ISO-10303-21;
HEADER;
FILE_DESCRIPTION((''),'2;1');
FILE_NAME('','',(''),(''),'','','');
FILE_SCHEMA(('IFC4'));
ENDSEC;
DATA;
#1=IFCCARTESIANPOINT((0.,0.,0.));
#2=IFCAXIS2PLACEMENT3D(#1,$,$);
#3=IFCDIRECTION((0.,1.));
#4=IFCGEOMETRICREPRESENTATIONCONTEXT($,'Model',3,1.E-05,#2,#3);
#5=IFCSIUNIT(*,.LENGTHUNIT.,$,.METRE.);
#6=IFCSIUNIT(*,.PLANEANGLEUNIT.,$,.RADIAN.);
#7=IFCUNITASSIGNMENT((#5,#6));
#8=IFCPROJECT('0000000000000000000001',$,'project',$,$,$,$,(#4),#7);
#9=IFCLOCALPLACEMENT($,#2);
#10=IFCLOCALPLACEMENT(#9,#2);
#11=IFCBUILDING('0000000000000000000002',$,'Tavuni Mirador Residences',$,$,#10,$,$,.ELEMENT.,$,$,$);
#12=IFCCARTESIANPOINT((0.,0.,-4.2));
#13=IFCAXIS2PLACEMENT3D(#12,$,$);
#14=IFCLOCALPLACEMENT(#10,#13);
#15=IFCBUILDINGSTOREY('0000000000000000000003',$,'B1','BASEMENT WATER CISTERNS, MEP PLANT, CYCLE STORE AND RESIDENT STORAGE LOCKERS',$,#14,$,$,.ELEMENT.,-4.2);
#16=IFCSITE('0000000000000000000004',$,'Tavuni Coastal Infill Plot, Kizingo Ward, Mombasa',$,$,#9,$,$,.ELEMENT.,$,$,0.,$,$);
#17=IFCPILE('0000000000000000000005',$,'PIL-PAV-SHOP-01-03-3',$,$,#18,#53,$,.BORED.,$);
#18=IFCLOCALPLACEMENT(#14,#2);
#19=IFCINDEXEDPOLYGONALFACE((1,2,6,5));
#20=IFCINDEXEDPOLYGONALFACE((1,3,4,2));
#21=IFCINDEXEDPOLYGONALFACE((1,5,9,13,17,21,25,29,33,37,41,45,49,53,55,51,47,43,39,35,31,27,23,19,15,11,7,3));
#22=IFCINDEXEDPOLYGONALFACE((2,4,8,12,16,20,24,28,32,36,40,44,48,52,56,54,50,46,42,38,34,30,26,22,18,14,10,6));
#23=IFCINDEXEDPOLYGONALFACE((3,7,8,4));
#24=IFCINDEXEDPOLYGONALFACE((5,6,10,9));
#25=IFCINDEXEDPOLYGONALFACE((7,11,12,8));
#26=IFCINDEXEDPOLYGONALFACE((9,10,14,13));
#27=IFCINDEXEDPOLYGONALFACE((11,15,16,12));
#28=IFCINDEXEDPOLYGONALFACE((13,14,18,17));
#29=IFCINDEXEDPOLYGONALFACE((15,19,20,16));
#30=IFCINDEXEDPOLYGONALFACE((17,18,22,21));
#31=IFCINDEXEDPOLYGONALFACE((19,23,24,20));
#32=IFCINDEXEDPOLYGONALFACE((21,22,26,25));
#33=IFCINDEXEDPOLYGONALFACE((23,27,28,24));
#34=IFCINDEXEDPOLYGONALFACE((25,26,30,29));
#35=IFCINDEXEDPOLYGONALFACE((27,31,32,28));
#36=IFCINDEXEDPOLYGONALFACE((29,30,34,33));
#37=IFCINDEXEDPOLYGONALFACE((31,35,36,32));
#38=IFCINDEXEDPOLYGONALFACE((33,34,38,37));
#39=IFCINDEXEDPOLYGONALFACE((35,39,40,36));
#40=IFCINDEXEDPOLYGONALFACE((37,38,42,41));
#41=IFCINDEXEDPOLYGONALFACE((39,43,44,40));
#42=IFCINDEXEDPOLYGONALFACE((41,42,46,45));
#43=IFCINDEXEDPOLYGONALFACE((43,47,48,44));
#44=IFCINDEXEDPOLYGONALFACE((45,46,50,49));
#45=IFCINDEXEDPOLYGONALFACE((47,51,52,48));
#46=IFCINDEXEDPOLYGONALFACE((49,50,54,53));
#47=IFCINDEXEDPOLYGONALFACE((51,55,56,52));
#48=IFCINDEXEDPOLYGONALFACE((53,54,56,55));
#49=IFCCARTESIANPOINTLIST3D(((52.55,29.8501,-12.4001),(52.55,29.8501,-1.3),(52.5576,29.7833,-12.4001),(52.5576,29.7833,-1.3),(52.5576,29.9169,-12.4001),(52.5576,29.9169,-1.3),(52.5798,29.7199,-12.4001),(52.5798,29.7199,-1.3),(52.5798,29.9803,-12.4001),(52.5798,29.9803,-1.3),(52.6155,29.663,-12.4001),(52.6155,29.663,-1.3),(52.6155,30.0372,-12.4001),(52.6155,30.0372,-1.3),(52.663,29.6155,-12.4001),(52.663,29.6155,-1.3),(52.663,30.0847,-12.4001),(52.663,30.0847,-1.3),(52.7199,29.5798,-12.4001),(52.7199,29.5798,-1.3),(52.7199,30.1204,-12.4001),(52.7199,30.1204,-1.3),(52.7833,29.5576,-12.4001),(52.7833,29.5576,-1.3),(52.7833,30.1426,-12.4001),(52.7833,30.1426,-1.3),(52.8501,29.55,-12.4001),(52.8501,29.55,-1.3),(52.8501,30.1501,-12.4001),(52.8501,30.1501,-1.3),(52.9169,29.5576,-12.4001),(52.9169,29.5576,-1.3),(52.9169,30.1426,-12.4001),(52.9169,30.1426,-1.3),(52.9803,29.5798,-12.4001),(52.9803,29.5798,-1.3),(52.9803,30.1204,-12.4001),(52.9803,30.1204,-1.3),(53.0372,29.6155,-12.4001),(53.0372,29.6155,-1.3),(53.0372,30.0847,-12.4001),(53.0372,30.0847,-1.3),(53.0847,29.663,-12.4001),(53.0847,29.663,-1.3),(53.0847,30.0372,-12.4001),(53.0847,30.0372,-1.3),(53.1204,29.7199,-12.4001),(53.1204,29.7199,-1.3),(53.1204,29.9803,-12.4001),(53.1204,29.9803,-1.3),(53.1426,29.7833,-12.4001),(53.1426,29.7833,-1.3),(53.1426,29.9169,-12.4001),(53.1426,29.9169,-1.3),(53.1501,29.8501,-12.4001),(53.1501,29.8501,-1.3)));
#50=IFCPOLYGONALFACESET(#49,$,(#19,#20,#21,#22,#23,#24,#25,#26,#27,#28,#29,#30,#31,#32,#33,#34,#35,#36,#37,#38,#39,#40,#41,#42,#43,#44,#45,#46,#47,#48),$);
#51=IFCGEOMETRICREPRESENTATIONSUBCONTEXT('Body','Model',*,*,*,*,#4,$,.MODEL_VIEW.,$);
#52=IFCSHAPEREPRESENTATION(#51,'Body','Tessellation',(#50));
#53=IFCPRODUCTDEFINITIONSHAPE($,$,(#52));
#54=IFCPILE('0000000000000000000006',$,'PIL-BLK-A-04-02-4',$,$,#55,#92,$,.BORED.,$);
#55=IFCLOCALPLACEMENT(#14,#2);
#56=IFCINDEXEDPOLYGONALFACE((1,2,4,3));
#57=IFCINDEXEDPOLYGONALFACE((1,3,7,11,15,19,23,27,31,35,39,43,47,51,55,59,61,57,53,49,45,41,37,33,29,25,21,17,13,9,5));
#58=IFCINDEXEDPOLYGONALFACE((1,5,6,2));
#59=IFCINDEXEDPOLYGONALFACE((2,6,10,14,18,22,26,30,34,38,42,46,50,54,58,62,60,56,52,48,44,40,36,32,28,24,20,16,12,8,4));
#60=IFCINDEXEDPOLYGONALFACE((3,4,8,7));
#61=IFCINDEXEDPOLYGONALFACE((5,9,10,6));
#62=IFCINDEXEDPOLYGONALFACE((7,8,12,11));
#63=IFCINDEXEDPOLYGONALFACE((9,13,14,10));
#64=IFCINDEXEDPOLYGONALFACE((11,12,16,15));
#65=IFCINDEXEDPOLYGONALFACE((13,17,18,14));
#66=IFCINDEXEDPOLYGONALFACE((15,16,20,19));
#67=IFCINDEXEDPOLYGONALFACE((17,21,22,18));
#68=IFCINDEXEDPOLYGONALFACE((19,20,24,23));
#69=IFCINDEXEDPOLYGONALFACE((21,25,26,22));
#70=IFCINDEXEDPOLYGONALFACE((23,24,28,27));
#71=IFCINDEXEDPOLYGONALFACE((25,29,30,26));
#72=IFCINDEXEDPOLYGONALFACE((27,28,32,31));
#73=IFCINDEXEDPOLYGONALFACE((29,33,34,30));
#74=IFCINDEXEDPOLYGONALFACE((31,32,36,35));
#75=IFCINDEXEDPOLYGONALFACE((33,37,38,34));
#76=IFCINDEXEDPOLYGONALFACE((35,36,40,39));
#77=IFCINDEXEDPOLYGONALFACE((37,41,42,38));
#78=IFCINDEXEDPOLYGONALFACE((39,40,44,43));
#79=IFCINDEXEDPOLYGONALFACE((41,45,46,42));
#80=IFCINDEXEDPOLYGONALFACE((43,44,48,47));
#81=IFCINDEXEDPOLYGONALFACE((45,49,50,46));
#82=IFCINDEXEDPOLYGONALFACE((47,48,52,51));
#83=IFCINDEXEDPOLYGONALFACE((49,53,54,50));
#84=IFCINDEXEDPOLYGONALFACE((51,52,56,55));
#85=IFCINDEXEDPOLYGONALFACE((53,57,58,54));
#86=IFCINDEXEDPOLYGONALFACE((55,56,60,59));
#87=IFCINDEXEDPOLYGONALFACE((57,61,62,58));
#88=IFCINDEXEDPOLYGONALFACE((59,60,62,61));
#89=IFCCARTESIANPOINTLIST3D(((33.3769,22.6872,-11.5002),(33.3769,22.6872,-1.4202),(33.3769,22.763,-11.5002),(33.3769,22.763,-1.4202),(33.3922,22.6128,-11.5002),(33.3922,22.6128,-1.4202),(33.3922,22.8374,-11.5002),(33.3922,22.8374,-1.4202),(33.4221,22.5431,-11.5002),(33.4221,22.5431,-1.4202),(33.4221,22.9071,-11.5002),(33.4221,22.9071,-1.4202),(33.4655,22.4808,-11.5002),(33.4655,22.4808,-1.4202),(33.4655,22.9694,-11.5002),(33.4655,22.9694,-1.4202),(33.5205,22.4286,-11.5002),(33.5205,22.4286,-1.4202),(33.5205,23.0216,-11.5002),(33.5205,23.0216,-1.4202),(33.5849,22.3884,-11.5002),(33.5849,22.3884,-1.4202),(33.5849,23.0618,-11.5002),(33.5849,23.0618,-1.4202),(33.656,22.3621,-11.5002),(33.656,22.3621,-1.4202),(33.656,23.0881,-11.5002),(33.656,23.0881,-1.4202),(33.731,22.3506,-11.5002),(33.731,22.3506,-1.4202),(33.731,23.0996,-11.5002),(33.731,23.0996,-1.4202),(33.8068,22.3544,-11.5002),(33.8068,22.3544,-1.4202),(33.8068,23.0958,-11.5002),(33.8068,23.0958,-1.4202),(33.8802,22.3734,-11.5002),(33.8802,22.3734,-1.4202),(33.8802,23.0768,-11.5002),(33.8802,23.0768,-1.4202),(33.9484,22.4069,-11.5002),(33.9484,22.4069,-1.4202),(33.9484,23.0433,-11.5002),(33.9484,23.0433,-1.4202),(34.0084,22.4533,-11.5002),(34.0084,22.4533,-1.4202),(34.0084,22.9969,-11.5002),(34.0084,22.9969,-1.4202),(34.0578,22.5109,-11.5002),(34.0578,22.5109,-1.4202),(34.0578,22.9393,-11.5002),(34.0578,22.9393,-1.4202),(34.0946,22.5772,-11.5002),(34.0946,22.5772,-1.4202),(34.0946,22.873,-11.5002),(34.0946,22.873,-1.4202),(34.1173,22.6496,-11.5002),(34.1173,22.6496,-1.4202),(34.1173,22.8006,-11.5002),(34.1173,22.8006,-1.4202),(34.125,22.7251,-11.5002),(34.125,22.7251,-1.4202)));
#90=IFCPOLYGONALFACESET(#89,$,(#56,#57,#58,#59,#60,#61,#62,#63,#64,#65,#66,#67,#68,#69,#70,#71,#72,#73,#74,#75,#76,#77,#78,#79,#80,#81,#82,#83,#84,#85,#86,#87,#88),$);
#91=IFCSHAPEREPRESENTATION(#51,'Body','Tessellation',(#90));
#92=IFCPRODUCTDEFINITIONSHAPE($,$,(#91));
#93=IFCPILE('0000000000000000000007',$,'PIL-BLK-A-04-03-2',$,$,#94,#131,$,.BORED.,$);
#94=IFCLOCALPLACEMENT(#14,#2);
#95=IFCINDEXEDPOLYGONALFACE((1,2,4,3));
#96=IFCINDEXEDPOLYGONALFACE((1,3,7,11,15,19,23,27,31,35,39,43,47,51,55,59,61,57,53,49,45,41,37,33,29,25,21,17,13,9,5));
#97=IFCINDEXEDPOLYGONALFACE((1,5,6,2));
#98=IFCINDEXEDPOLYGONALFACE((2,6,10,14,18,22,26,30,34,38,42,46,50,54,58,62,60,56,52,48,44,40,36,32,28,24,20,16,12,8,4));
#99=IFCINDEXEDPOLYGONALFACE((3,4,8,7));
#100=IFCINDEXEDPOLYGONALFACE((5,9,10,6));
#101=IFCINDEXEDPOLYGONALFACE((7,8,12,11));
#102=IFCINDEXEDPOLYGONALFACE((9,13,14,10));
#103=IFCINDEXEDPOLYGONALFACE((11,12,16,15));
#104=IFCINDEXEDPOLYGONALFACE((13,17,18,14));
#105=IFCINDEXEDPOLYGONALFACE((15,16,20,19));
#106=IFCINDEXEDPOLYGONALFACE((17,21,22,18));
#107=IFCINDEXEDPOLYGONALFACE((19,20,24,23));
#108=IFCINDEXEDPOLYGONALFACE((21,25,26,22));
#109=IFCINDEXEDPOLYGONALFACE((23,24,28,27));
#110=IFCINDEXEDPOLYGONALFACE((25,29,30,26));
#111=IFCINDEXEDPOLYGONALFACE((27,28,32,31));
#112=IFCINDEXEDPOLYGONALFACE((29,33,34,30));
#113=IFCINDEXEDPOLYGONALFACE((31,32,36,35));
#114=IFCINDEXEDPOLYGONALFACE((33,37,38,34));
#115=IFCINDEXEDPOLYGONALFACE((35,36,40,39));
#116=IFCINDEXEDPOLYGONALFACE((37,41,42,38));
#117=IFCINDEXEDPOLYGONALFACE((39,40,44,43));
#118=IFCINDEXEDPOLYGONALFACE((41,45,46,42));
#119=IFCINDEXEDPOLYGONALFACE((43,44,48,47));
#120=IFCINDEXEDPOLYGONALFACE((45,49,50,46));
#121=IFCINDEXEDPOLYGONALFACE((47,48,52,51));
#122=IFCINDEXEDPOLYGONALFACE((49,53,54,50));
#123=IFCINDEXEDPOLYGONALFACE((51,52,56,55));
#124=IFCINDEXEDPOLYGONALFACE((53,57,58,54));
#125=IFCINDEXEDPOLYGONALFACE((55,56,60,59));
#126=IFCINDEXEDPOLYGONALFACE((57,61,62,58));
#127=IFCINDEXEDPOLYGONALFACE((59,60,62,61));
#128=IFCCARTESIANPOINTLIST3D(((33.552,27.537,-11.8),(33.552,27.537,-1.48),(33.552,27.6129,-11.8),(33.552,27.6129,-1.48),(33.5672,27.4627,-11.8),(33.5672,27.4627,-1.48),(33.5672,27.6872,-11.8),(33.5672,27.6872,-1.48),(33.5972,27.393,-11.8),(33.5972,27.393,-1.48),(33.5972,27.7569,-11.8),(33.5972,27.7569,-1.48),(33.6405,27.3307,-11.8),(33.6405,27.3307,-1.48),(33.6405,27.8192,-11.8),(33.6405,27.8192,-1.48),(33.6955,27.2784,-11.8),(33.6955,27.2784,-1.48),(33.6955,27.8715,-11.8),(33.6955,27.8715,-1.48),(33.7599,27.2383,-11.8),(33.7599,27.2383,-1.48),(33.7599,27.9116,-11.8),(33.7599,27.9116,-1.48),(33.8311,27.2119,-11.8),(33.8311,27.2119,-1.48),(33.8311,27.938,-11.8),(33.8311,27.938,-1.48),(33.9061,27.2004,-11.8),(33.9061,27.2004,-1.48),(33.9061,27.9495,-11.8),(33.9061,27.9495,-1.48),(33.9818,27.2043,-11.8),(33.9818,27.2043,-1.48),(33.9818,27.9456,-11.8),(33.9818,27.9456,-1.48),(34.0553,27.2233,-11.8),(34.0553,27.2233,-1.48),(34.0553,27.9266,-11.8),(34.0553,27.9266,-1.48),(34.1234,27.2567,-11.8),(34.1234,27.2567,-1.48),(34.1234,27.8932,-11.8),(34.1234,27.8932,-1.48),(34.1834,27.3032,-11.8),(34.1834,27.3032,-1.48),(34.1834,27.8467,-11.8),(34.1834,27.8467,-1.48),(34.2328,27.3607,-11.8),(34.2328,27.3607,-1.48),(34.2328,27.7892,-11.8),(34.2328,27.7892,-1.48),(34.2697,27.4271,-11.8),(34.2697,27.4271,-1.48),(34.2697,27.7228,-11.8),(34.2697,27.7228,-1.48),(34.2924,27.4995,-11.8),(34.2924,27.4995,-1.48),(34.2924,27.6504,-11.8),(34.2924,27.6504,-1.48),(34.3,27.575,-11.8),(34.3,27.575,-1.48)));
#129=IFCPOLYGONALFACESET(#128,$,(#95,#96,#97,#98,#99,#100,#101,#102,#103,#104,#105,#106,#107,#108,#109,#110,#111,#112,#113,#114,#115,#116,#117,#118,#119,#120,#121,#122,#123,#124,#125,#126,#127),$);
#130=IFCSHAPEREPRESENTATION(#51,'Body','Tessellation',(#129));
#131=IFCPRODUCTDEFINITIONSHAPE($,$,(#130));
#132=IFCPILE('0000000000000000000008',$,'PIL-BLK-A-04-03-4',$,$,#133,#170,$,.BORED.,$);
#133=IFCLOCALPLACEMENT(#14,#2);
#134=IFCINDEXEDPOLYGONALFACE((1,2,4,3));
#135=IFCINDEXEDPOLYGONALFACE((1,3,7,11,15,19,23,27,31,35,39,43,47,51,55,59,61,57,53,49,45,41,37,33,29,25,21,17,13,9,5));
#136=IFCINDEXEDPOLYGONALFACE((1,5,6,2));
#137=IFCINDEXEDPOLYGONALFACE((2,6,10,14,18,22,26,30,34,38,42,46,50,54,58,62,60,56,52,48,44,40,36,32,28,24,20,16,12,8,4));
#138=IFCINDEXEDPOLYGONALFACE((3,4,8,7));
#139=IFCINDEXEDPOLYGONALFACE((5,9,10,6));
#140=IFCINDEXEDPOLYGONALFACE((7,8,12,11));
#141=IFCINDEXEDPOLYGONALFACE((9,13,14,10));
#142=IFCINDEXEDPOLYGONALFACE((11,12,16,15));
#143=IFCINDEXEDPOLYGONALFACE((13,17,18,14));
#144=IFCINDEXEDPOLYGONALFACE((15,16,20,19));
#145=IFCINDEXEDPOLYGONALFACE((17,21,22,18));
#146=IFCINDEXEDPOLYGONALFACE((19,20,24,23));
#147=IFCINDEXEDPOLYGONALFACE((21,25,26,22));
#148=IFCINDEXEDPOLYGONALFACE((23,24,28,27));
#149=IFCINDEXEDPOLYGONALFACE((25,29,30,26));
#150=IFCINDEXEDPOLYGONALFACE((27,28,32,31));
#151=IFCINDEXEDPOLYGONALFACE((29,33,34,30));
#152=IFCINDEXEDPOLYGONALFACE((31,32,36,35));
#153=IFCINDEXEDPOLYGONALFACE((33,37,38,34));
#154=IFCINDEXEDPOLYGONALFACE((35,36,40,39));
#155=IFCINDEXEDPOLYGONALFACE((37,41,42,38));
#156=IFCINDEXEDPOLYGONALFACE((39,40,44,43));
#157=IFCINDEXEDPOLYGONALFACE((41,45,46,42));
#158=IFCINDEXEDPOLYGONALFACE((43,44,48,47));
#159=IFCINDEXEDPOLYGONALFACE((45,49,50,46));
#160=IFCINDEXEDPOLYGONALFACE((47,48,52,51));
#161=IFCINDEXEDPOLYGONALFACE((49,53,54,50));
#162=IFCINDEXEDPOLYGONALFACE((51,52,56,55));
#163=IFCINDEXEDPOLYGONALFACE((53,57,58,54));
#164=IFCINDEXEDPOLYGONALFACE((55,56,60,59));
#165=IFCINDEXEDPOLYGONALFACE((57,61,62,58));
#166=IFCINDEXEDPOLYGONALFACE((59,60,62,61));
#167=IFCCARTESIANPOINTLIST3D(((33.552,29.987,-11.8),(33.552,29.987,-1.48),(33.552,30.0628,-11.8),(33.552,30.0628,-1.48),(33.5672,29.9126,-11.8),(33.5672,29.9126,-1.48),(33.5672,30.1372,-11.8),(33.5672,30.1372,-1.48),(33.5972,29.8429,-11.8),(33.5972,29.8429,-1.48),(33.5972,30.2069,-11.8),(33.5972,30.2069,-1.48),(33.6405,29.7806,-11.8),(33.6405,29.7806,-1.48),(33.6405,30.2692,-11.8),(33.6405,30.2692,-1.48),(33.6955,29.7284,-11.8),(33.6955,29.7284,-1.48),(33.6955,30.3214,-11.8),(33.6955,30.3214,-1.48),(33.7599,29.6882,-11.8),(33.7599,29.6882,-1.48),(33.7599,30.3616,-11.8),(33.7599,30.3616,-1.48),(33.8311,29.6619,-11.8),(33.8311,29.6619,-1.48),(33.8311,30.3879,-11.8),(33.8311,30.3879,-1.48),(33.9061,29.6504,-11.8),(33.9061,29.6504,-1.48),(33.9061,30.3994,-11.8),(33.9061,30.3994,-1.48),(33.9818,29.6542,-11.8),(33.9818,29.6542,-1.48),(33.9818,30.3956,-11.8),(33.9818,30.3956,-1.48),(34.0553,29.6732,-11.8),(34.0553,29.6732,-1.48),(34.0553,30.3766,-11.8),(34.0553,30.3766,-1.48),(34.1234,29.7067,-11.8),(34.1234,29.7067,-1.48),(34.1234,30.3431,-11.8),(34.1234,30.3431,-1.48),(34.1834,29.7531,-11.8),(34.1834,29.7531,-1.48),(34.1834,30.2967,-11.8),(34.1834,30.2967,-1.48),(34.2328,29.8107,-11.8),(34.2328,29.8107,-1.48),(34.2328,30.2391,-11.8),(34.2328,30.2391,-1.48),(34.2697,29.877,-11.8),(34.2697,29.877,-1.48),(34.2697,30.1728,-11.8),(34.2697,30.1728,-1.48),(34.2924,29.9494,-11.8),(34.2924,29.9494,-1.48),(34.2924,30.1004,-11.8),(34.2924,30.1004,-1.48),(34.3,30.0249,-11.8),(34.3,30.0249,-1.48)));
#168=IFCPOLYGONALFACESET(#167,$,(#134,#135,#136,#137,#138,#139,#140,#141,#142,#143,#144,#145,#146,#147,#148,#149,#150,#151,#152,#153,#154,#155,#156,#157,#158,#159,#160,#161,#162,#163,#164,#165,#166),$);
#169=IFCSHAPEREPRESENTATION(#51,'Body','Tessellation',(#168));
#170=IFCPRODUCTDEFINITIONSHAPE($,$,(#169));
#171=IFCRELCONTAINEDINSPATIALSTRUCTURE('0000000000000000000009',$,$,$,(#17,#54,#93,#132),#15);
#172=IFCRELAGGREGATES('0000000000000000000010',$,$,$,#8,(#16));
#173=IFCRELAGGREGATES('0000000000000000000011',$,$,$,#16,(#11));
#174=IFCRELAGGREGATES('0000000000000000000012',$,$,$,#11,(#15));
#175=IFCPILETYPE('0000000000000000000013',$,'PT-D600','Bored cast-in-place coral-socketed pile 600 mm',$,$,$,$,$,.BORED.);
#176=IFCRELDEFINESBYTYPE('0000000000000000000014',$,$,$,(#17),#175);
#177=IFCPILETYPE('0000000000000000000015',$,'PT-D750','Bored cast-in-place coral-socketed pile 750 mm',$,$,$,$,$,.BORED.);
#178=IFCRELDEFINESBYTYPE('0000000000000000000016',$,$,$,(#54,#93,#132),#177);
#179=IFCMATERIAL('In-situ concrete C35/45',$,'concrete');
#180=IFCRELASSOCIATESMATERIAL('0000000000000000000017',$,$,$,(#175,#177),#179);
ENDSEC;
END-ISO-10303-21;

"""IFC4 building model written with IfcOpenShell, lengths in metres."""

from ifc_helpers import new_model, si_unit, direction, frame, origin, origin_2d, place, context, subcontext, project, spatial, circle, extrude, material, material_profile, profile_set, type_object, element, save


model = new_model("IFC4")

# Units and contexts
model_context = context("Model", 3, precision=1e-05, world=origin(), true_north=direction((0.0, 1.0)))
body_context = subcontext(model_context, "Body", "Model", "MODEL_VIEW")
ifc_project = project(units=[si_unit("LENGTHUNIT", "METRE"), si_unit("PLANEANGLEUNIT", "RADIAN")], contexts=[model_context])

# Site, building, storey
site_placement = place(None, origin())
site = spatial("IfcSite", under=ifc_project, at=site_placement, Name="Tavuni Coastal Infill Plot, Kizingo Ward, Mombasa", CompositionType="ELEMENT", RefElevation=0.0)
building_placement = place(site_placement, origin())
building = spatial("IfcBuilding", under=site, at=building_placement, Name="Tavuni Mirador Residences", CompositionType="ELEMENT")
storey_placement = place(building_placement, frame((0.0, 0.0, -4.2)))
storey = spatial("IfcBuildingStorey", under=building, at=storey_placement, Name="B1", Description="BASEMENT WATER CISTERNS, MEP PLANT, CYCLE STORE AND RESIDENT STORAGE LOCKERS", CompositionType="ELEMENT", Elevation=-4.2)

# Shared definitions
ifc_material_1 = material(Name="In-situ concrete C35/45", Category="concrete")

# Piles
ifc_material_profile_1 = material_profile(ifc_material_1, circle(Radius=0.3, at=origin_2d()), Name="PILE D600", Category="concrete")
ifc_profile_set_1 = profile_set([ifc_material_profile_1], Name="In-situ concrete C35/45")
pile_type_1 = type_object("IfcPileType", Name="PT-D600", Description="Bored cast-in-place coral-socketed pile 600 mm", PredefinedType="BORED", material=ifc_profile_set_1)
for number, where, z_axis, x_axis, name in (
    (1, (52.8501, 29.8501, -1.3), (0.0, 0.0, -1.0), (1.0, 0.0, 0.0), "PIL-PAV-SHOP-01-03-3"),
):
    element("IfcPile", number, at=place(storey_placement, frame(where, z_axis=z_axis, x_axis=x_axis)), inside=storey, type_object=pile_type_1, Name=name, PredefinedType="BORED", context=body_context, shape_type="SweptSolid", body=[
        extrude(circle(Radius=0.3, at=origin_2d()), origin(), (0.0, 0.0, 1.0), 11.1001),
    ])
ifc_material_profile_2 = material_profile(ifc_material_1, circle(Radius=0.375, at=origin_2d()), Name="PILE D750", Category="concrete")
ifc_profile_set_2 = profile_set([ifc_material_profile_2], Name="In-situ concrete C35/45")
pile_type_2 = type_object("IfcPileType", Name="PT-D750", Description="Bored cast-in-place coral-socketed pile 750 mm", PredefinedType="BORED", material=ifc_profile_set_2)
pile_1_placement = place(storey_placement, frame((33.75, 22.7251, -1.4202), z_axis=(0.0, 0.0, -1.0), x_axis=(1.0, 0.0, 0.0)))
element("IfcPile", 2, at=pile_1_placement, inside=storey, type_object=pile_type_2, Name="PIL-BLK-A-04-02-4", PredefinedType="BORED", context=body_context, shape_type="SweptSolid", body=[
    extrude(circle(Radius=0.375, at=origin_2d()), origin(), (0.0, 0.0, 1.0), 10.0801),
])
for number, where, z_axis, x_axis, name in (
    (3, (33.925, 27.575, -1.48), (0.0, 0.0, -1.0), (1.0, 0.0, 0.0), "PIL-BLK-A-04-03-2"),
    (4, (33.925, 30.0249, -1.48), (0.0, 0.0, -1.0), (1.0, 0.0, 0.0), "PIL-BLK-A-04-03-4"),
):
    element("IfcPile", number, at=place(storey_placement, frame(where, z_axis=z_axis, x_axis=x_axis)), inside=storey, type_object=pile_type_2, Name=name, PredefinedType="BORED", context=body_context, shape_type="SweptSolid", body=[
        extrude(circle(Radius=0.375, at=origin_2d()), origin(), (0.0, 0.0, 1.0), 10.3201),
    ])

save(model, "model.ifc")
